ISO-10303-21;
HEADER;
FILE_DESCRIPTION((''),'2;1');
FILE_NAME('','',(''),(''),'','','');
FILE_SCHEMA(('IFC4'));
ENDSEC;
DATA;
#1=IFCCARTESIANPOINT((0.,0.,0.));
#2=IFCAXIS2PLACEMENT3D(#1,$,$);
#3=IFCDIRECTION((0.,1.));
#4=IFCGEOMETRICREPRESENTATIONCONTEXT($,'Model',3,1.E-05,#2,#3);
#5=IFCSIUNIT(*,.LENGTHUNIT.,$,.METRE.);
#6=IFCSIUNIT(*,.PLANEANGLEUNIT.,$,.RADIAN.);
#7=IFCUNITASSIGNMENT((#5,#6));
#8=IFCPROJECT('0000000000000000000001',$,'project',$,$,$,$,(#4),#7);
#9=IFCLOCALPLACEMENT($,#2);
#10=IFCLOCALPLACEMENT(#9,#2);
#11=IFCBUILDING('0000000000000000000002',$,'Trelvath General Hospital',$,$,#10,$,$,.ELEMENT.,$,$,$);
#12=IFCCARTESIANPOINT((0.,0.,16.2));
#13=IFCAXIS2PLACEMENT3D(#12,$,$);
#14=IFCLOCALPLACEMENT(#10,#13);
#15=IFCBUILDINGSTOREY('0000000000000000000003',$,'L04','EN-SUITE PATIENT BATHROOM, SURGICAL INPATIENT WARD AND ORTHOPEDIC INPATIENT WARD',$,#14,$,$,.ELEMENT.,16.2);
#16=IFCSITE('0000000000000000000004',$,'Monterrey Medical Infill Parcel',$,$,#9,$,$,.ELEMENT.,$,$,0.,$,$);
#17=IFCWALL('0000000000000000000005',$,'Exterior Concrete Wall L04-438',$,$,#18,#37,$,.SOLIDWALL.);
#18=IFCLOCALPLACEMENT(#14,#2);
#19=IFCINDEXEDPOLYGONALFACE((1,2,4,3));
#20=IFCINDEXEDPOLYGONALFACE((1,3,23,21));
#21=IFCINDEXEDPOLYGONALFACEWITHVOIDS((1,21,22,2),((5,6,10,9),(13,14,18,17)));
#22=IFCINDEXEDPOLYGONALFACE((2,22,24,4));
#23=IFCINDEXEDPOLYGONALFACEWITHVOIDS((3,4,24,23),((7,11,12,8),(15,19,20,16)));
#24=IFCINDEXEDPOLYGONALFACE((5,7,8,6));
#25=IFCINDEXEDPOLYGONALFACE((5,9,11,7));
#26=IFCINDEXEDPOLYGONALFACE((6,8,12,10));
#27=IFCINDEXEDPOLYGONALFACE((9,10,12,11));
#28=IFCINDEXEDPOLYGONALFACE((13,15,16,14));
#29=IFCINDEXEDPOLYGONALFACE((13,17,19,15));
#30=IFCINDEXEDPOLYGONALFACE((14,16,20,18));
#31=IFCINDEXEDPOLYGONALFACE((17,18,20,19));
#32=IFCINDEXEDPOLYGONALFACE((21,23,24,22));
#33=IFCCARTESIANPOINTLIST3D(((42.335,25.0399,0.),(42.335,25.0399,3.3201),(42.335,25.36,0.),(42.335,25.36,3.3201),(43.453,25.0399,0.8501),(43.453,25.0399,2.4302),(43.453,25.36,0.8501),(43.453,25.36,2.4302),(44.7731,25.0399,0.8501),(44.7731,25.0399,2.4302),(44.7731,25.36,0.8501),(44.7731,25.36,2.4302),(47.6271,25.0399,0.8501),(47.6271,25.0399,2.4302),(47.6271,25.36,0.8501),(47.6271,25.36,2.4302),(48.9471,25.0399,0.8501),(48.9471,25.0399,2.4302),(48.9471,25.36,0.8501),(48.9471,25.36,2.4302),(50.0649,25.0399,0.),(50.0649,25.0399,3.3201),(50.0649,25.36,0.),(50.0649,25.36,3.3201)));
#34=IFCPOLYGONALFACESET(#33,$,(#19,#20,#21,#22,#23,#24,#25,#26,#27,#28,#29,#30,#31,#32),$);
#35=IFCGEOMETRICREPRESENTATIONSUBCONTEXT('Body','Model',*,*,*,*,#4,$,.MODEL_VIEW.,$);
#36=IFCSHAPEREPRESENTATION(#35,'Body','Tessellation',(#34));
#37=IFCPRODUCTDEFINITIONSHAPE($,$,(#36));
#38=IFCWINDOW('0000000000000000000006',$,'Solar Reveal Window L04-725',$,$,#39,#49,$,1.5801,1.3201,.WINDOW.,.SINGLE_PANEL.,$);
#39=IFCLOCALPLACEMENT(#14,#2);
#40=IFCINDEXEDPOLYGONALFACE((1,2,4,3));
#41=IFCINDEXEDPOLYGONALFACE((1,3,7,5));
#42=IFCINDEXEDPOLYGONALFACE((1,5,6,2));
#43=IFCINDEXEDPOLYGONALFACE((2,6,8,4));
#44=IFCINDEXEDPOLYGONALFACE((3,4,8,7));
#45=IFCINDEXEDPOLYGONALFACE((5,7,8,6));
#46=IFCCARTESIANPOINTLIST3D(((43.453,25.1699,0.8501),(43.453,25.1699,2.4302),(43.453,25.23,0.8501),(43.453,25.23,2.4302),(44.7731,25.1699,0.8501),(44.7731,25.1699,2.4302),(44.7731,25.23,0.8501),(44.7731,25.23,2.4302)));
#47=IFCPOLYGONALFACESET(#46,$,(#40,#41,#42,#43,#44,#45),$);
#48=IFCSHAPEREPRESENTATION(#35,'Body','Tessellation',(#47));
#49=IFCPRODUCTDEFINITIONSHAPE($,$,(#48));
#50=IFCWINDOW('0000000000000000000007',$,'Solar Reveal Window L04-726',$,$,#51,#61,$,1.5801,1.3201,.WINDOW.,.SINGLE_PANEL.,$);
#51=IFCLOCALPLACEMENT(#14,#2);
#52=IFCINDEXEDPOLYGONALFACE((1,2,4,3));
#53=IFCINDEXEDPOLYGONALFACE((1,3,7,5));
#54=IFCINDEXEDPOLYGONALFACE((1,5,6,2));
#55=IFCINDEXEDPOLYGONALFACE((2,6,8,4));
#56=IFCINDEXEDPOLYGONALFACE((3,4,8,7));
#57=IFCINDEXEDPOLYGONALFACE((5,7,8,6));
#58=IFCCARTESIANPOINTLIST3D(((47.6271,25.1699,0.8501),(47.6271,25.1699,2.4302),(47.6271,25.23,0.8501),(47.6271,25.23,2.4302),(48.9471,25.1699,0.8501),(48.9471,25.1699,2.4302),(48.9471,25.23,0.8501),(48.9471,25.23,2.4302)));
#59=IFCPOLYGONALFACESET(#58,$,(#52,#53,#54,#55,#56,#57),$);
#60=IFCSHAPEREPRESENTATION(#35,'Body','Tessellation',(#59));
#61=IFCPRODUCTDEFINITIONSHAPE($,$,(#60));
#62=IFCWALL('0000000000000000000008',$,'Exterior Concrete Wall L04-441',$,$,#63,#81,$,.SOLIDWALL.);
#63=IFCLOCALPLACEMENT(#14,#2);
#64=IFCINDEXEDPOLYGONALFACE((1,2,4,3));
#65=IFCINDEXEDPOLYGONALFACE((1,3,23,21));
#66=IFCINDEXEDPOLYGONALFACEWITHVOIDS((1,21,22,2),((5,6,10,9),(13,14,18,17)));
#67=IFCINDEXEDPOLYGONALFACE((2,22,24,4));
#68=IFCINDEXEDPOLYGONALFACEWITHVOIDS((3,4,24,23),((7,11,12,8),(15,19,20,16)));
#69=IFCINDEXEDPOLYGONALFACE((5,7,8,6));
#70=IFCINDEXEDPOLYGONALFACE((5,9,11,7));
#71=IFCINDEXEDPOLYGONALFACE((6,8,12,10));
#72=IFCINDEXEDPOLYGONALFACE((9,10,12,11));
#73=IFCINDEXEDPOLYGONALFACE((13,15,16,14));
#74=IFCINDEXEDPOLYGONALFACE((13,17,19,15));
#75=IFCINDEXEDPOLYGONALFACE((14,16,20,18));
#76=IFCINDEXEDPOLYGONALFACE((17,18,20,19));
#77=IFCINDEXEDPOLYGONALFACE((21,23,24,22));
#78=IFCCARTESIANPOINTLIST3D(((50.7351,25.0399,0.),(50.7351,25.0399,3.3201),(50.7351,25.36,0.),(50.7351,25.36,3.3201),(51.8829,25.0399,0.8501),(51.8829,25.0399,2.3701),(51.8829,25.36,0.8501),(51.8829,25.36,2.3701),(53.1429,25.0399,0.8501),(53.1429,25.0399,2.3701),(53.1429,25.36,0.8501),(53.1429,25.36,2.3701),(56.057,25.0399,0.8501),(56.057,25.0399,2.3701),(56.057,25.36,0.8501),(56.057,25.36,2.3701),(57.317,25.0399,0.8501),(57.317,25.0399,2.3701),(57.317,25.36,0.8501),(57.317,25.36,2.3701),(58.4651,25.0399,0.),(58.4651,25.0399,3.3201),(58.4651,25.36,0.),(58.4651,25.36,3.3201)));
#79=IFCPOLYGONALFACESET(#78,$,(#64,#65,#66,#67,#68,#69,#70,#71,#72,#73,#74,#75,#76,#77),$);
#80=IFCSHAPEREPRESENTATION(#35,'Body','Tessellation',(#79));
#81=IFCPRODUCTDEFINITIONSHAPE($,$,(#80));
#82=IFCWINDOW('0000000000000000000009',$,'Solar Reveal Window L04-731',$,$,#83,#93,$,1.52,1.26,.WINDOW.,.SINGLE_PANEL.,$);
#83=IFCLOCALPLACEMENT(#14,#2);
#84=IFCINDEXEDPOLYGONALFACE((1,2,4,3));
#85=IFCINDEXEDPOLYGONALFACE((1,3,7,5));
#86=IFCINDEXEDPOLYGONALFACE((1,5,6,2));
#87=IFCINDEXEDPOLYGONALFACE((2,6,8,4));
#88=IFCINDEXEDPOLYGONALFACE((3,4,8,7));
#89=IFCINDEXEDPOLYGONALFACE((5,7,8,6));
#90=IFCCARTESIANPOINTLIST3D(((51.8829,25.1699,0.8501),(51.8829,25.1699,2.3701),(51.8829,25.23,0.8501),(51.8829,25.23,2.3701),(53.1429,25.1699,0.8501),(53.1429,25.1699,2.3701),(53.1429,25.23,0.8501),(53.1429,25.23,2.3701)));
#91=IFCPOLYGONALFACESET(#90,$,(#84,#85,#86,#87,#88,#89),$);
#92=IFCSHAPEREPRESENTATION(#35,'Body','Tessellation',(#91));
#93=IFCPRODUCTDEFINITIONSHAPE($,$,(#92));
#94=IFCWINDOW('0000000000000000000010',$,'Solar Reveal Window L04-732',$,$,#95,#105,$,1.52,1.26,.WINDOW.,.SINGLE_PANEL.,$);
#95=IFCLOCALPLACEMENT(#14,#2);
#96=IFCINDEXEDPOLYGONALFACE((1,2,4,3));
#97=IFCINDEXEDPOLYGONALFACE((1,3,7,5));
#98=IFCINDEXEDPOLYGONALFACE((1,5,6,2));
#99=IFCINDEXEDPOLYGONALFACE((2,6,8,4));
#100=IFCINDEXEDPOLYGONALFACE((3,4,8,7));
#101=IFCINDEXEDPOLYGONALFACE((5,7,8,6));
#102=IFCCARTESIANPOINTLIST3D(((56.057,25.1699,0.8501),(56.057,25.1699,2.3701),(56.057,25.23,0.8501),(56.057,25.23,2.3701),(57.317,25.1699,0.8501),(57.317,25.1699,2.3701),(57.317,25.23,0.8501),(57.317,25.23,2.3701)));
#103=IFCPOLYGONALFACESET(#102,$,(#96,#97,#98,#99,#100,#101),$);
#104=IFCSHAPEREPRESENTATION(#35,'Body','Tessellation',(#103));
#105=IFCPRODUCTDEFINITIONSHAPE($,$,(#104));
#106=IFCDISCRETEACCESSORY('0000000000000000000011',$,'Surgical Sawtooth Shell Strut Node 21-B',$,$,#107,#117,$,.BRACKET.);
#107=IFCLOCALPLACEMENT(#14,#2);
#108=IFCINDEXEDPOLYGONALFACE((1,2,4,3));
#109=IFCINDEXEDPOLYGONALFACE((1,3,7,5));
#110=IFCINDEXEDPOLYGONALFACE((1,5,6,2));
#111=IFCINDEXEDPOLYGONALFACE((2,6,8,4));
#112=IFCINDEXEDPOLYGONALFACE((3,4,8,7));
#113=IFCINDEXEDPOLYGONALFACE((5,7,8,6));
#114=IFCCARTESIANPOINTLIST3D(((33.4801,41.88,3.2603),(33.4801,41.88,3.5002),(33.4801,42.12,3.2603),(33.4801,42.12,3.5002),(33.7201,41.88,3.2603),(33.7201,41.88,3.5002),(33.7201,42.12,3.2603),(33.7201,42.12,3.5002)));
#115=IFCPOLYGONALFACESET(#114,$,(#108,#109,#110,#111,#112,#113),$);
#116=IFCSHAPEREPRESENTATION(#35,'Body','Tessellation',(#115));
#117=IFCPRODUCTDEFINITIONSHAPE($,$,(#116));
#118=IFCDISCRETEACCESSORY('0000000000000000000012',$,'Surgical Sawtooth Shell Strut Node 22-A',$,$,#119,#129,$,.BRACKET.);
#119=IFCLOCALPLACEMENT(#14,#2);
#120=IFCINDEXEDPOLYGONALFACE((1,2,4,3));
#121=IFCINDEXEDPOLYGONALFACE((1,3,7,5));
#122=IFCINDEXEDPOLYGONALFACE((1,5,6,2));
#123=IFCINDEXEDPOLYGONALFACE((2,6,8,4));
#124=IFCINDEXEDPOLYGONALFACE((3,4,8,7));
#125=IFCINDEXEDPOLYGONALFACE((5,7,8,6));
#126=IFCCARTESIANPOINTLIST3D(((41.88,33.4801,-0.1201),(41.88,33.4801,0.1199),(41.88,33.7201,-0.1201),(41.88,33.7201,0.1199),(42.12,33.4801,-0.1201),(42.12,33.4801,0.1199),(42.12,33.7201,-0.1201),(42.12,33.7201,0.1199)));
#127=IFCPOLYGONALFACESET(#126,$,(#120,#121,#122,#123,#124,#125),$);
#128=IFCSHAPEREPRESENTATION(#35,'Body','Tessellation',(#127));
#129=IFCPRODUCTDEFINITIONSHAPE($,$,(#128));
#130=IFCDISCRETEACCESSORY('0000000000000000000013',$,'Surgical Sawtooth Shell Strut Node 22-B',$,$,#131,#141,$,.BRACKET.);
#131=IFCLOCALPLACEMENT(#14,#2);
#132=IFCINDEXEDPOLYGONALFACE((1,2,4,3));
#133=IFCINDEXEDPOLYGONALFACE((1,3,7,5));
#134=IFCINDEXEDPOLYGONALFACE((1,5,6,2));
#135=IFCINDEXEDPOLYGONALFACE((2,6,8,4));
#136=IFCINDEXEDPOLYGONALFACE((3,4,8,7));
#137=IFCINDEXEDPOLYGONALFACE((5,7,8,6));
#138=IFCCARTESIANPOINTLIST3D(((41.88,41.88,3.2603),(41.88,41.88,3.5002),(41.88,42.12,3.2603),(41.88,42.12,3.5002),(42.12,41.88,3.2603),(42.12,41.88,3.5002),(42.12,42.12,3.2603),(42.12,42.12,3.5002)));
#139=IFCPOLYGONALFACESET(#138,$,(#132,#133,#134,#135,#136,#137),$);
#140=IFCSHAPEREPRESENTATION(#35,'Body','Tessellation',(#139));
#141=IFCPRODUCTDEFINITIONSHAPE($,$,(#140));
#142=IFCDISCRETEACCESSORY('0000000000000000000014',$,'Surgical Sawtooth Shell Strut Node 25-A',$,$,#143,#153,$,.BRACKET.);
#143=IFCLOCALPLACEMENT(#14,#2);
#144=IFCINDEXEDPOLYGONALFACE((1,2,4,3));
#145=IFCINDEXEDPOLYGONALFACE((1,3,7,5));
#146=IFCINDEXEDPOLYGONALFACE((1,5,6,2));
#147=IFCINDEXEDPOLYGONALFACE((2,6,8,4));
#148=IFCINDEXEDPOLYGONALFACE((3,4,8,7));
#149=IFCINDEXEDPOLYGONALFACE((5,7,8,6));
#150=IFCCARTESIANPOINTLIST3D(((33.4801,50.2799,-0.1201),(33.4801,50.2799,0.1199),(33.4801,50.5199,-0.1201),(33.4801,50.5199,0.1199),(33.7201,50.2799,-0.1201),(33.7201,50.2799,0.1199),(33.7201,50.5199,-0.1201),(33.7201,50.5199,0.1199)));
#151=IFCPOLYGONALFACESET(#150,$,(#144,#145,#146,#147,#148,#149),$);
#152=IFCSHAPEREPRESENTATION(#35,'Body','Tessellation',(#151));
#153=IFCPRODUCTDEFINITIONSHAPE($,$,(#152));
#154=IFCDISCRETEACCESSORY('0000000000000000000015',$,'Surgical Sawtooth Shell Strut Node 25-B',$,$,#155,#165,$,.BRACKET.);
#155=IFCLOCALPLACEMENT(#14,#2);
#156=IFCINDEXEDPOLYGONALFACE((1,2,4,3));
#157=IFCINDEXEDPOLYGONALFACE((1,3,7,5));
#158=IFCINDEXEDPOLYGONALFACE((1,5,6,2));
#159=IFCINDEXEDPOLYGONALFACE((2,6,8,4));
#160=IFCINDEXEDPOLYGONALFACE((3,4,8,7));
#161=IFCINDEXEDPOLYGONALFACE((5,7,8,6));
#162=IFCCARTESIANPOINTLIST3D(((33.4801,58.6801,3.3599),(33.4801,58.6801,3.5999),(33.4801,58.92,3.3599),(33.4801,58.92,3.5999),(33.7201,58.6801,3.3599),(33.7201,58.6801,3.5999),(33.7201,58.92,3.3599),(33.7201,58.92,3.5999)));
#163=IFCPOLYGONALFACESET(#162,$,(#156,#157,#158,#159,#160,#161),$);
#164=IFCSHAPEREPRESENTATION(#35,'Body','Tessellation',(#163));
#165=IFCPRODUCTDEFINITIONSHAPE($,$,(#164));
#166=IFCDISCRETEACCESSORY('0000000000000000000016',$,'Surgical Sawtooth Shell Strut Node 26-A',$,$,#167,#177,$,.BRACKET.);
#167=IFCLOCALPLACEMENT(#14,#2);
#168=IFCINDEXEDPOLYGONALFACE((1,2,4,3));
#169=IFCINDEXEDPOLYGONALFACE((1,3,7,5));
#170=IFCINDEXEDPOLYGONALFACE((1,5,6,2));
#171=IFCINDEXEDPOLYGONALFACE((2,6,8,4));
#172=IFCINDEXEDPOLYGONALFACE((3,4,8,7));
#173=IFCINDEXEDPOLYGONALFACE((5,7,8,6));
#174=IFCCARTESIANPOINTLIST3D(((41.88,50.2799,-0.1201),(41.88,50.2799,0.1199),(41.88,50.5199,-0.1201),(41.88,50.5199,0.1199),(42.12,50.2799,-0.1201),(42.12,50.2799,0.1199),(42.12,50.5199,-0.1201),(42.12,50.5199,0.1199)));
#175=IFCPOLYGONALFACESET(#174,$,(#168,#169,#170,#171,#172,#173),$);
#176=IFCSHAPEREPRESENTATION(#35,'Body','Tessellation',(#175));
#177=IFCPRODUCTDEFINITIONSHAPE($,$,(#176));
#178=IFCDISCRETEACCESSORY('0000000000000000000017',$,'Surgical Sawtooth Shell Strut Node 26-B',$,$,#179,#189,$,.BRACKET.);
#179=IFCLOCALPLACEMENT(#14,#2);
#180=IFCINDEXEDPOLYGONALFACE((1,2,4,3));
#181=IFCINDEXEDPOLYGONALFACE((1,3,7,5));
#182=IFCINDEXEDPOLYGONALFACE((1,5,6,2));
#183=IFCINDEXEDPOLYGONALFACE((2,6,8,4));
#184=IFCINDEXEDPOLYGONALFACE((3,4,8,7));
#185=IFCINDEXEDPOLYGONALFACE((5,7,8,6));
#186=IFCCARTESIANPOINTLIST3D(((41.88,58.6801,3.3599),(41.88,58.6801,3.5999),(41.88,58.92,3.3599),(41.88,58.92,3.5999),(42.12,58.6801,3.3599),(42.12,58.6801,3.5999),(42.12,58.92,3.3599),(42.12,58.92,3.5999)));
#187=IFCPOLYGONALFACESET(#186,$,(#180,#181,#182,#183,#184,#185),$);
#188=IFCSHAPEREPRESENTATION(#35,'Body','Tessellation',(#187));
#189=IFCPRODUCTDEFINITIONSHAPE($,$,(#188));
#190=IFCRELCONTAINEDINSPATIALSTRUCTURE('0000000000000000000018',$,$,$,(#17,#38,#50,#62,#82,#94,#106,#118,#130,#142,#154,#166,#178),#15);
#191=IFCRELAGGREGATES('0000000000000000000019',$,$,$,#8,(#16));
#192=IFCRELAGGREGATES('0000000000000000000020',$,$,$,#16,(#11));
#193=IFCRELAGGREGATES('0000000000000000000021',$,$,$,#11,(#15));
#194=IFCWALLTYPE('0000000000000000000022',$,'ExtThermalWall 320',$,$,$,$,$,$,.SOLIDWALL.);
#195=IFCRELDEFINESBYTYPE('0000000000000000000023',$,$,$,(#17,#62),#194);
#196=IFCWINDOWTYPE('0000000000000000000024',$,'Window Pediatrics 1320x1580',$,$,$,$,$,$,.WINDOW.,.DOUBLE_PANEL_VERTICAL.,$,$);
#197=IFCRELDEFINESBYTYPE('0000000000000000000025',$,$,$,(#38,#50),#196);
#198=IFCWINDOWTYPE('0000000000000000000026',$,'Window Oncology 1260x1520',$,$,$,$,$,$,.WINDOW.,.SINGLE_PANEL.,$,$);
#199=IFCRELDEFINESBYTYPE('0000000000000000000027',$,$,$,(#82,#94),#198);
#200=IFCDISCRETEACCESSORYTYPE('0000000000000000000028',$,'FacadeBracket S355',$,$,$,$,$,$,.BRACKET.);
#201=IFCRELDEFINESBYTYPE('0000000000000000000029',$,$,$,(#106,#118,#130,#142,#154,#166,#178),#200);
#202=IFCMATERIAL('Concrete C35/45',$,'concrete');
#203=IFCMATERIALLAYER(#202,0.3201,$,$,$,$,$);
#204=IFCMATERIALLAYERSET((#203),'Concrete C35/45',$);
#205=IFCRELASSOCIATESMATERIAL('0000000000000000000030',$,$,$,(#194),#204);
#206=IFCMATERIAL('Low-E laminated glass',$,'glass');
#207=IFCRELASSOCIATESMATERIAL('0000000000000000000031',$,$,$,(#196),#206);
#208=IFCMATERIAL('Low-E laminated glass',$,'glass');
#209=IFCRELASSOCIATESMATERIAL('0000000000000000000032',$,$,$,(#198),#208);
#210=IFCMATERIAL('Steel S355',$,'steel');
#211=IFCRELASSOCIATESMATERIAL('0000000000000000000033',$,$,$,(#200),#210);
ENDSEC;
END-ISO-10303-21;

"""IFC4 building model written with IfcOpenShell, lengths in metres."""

from ifc_helpers import new_model, si_unit, direction, frame, frame_2d, origin, origin_2d, place, context, subcontext, project, spatial, rectangle, extrude, material, layer, layer_set, type_object, element, fill, save


model = new_model("IFC4")

# Units and contexts
model_context = context("Model", 3, precision=1e-05, world=origin(), true_north=direction((0.0, 1.0)))
body_context = subcontext(model_context, "Body", "Model", "MODEL_VIEW")
ifc_project = project(units=[si_unit("LENGTHUNIT", "METRE"), si_unit("PLANEANGLEUNIT", "RADIAN")], contexts=[model_context])

# Site, building, storey
site_placement = place(None, origin())
site = spatial("IfcSite", under=ifc_project, at=site_placement, Name="Monterrey Medical Infill Parcel", CompositionType="ELEMENT", RefElevation=0.0)
building_placement = place(site_placement, origin())
building = spatial("IfcBuilding", under=site, at=building_placement, Name="Trelvath General Hospital", CompositionType="ELEMENT")
storey_placement = place(building_placement, frame((0.0, 0.0, 16.2)))
storey = spatial("IfcBuildingStorey", under=building, at=storey_placement, Name="L04", Description="EN-SUITE PATIENT BATHROOM, SURGICAL INPATIENT WARD AND ORTHOPEDIC INPATIENT WARD", CompositionType="ELEMENT", Elevation=16.2)

# Walls, openings, windows
ifc_material_1 = material(Name="Concrete C35/45", Category="concrete")
ifc_layer_1 = layer(ifc_material_1, 0.3201)
ifc_layer_set_1 = layer_set([ifc_layer_1], Name="Concrete C35/45")
wall_type_1 = type_object("IfcWallType", Name="ExtThermalWall 320", PredefinedType="SOLIDWALL", material=ifc_layer_set_1)
wall_1_placement = place(storey_placement, frame((42.335, 25.2, 0.0), z_axis=(0.0, 0.0, 1.0), x_axis=(1.0, 0.0, 0.0)))
wall_1 = element("IfcWall", 1, at=wall_1_placement, inside=storey, type_object=wall_type_1, Name="Exterior Concrete Wall L04-438", PredefinedType="SOLIDWALL", context=body_context, shape_type="SweptSolid", body=[
    extrude(rectangle(XDim=7.73, YDim=0.3201, at=frame_2d((3.865, 0.0))), origin(), (0.0, 0.0, 1.0), 3.3201),
])
opening_1_placement = place(wall_1_placement, frame((1.1179, 0.0, 0.8501)))
opening_1 = element("IfcOpeningElement", 2, at=opening_1_placement, cuts=wall_1, PredefinedType="OPENING", context=body_context, shape_type="SweptSolid", body=[
    extrude(rectangle(XDim=1.3201, YDim=1.5801, at=frame_2d((0.6602, 0.79))), frame((0.0, 0.1699, 0.0), z_axis=(0.0, -1.0, 0.0), x_axis=(1.0, 0.0, 0.0)), (0.0, 0.0, 1.0), 0.3401),
])
opening_2_placement = place(wall_1_placement, frame((5.292, 0.0, 0.8501)))
opening_2 = element("IfcOpeningElement", 3, at=opening_2_placement, cuts=wall_1, PredefinedType="OPENING", context=body_context, shape_type="SweptSolid", body=[
    extrude(rectangle(XDim=1.3201, YDim=1.5801, at=frame_2d((0.6602, 0.79))), frame((0.0, 0.1699, 0.0), z_axis=(0.0, -1.0, 0.0), x_axis=(1.0, 0.0, 0.0)), (0.0, 0.0, 1.0), 0.3401),
])
ifc_material_2 = material(Name="Low-E laminated glass", Category="glass")
window_type_1 = type_object("IfcWindowType", Name="Window Pediatrics 1320x1580", PartitioningType="DOUBLE_PANEL_VERTICAL", PredefinedType="WINDOW", material=ifc_material_2)
window_1_placement = place(opening_1_placement, origin())
window_1 = element("IfcWindow", 4, at=window_1_placement, inside=storey, type_object=window_type_1, Name="Solar Reveal Window L04-725", OverallHeight=1.5801, OverallWidth=1.3201, PartitioningType="SINGLE_PANEL", PredefinedType="WINDOW", context=body_context, shape_type="SweptSolid", body=[
    extrude(rectangle(XDim=1.3201, YDim=1.5801, at=frame_2d((0.6602, 0.79))), frame((0.0, 0.03, 0.0), z_axis=(0.0, -1.0, 0.0), x_axis=(1.0, 0.0, 0.0)), (0.0, 0.0, 1.0), 0.0601),
])
fill(opening_1, window_1)
window_2_placement = place(opening_2_placement, origin())
window_2 = element("IfcWindow", 5, at=window_2_placement, inside=storey, type_object=window_type_1, Name="Solar Reveal Window L04-726", OverallHeight=1.5801, OverallWidth=1.3201, PartitioningType="SINGLE_PANEL", PredefinedType="WINDOW", context=body_context, shape_type="SweptSolid", body=[
    extrude(rectangle(XDim=1.3201, YDim=1.5801, at=frame_2d((0.6602, 0.79))), frame((0.0, 0.03, 0.0), z_axis=(0.0, -1.0, 0.0), x_axis=(1.0, 0.0, 0.0)), (0.0, 0.0, 1.0), 0.0601),
])
fill(opening_2, window_2)
wall_2_placement = place(storey_placement, frame((50.7351, 25.2, 0.0), z_axis=(0.0, 0.0, 1.0), x_axis=(1.0, 0.0, 0.0)))
wall_2 = element("IfcWall", 6, at=wall_2_placement, inside=storey, type_object=wall_type_1, Name="Exterior Concrete Wall L04-441", PredefinedType="SOLIDWALL", context=body_context, shape_type="SweptSolid", body=[
    extrude(rectangle(XDim=7.73, YDim=0.3201, at=frame_2d((3.865, 0.0))), origin(), (0.0, 0.0, 1.0), 3.3201),
])
opening_3_placement = place(wall_2_placement, frame((1.1479, 0.0, 0.8501)))
opening_3 = element("IfcOpeningElement", 7, at=opening_3_placement, cuts=wall_2, PredefinedType="OPENING", context=body_context, shape_type="SweptSolid", body=[
    extrude(rectangle(XDim=1.26, YDim=1.52, at=frame_2d((0.6299, 0.76))), frame((0.0, 0.1699, 0.0), z_axis=(0.0, -1.0, 0.0), x_axis=(1.0, 0.0, 0.0)), (0.0, 0.0, 1.0), 0.3401),
])
opening_4_placement = place(wall_2_placement, frame((5.322, 0.0, 0.8501)))
opening_4 = element("IfcOpeningElement", 8, at=opening_4_placement, cuts=wall_2, PredefinedType="OPENING", context=body_context, shape_type="SweptSolid", body=[
    extrude(rectangle(XDim=1.26, YDim=1.52, at=frame_2d((0.6299, 0.76))), frame((0.0, 0.1699, 0.0), z_axis=(0.0, -1.0, 0.0), x_axis=(1.0, 0.0, 0.0)), (0.0, 0.0, 1.0), 0.3401),
])
ifc_material_3 = material(Name="Low-E laminated glass", Category="glass")
window_type_2 = type_object("IfcWindowType", Name="Window Oncology 1260x1520", PartitioningType="SINGLE_PANEL", PredefinedType="WINDOW", material=ifc_material_3)
window_3_placement = place(opening_3_placement, origin())
window_3 = element("IfcWindow", 9, at=window_3_placement, inside=storey, type_object=window_type_2, Name="Solar Reveal Window L04-731", OverallHeight=1.52, OverallWidth=1.26, PartitioningType="SINGLE_PANEL", PredefinedType="WINDOW", context=body_context, shape_type="SweptSolid", body=[
    extrude(rectangle(XDim=1.26, YDim=1.52, at=frame_2d((0.6299, 0.76))), frame((0.0, 0.03, 0.0), z_axis=(0.0, -1.0, 0.0), x_axis=(1.0, 0.0, 0.0)), (0.0, 0.0, 1.0), 0.0601),
])
fill(opening_3, window_3)
window_4_placement = place(opening_4_placement, origin())
window_4 = element("IfcWindow", 10, at=window_4_placement, inside=storey, type_object=window_type_2, Name="Solar Reveal Window L04-732", OverallHeight=1.52, OverallWidth=1.26, PartitioningType="SINGLE_PANEL", PredefinedType="WINDOW", context=body_context, shape_type="SweptSolid", body=[
    extrude(rectangle(XDim=1.26, YDim=1.52, at=frame_2d((0.6299, 0.76))), frame((0.0, 0.03, 0.0), z_axis=(0.0, -1.0, 0.0), x_axis=(1.0, 0.0, 0.0)), (0.0, 0.0, 1.0), 0.0601),
])
fill(opening_4, window_4)

# Discrete accessories
ifc_material_4 = material(Name="Steel S355", Category="steel")
discrete_accessory_type = type_object("IfcDiscreteAccessoryType", Name="FacadeBracket S355", PredefinedType="BRACKET", material=ifc_material_4)
for number, where, z_axis, x_axis, name in (
    (11, (33.6001, 42.0, 3.2603), (0.0, 0.0, 1.0), (1.0, 0.0, 0.0), "Surgical Sawtooth Shell Strut Node 21-B"),
    (12, (42.0, 33.6001, -0.1201), (0.0, 0.0, 1.0), (1.0, 0.0, 0.0), "Surgical Sawtooth Shell Strut Node 22-A"),
    (13, (42.0, 42.0, 3.2603), (0.0, 0.0, 1.0), (1.0, 0.0, 0.0), "Surgical Sawtooth Shell Strut Node 22-B"),
    (14, (33.6001, 50.3999, -0.1201), (0.0, 0.0, 1.0), (1.0, 0.0, 0.0), "Surgical Sawtooth Shell Strut Node 25-A"),
    (15, (33.6001, 58.8, 3.3599), (0.0, 0.0, 1.0), (1.0, 0.0, 0.0), "Surgical Sawtooth Shell Strut Node 25-B"),
    (16, (42.0, 50.3999, -0.1201), (0.0, 0.0, 1.0), (1.0, 0.0, 0.0), "Surgical Sawtooth Shell Strut Node 26-A"),
    (17, (42.0, 58.8, 3.3599), (0.0, 0.0, 1.0), (1.0, 0.0, 0.0), "Surgical Sawtooth Shell Strut Node 26-B"),
):
    element("IfcDiscreteAccessory", number, at=place(storey_placement, frame(where, z_axis=z_axis, x_axis=x_axis)), inside=storey, type_object=discrete_accessory_type, Name=name, PredefinedType="BRACKET", context=body_context, shape_type="SweptSolid", body=[
        extrude(rectangle(XDim=0.24, YDim=0.24, at=origin_2d()), origin(), (0.0, 0.0, 1.0), 0.24),
    ])

save(model, "model.ifc")
